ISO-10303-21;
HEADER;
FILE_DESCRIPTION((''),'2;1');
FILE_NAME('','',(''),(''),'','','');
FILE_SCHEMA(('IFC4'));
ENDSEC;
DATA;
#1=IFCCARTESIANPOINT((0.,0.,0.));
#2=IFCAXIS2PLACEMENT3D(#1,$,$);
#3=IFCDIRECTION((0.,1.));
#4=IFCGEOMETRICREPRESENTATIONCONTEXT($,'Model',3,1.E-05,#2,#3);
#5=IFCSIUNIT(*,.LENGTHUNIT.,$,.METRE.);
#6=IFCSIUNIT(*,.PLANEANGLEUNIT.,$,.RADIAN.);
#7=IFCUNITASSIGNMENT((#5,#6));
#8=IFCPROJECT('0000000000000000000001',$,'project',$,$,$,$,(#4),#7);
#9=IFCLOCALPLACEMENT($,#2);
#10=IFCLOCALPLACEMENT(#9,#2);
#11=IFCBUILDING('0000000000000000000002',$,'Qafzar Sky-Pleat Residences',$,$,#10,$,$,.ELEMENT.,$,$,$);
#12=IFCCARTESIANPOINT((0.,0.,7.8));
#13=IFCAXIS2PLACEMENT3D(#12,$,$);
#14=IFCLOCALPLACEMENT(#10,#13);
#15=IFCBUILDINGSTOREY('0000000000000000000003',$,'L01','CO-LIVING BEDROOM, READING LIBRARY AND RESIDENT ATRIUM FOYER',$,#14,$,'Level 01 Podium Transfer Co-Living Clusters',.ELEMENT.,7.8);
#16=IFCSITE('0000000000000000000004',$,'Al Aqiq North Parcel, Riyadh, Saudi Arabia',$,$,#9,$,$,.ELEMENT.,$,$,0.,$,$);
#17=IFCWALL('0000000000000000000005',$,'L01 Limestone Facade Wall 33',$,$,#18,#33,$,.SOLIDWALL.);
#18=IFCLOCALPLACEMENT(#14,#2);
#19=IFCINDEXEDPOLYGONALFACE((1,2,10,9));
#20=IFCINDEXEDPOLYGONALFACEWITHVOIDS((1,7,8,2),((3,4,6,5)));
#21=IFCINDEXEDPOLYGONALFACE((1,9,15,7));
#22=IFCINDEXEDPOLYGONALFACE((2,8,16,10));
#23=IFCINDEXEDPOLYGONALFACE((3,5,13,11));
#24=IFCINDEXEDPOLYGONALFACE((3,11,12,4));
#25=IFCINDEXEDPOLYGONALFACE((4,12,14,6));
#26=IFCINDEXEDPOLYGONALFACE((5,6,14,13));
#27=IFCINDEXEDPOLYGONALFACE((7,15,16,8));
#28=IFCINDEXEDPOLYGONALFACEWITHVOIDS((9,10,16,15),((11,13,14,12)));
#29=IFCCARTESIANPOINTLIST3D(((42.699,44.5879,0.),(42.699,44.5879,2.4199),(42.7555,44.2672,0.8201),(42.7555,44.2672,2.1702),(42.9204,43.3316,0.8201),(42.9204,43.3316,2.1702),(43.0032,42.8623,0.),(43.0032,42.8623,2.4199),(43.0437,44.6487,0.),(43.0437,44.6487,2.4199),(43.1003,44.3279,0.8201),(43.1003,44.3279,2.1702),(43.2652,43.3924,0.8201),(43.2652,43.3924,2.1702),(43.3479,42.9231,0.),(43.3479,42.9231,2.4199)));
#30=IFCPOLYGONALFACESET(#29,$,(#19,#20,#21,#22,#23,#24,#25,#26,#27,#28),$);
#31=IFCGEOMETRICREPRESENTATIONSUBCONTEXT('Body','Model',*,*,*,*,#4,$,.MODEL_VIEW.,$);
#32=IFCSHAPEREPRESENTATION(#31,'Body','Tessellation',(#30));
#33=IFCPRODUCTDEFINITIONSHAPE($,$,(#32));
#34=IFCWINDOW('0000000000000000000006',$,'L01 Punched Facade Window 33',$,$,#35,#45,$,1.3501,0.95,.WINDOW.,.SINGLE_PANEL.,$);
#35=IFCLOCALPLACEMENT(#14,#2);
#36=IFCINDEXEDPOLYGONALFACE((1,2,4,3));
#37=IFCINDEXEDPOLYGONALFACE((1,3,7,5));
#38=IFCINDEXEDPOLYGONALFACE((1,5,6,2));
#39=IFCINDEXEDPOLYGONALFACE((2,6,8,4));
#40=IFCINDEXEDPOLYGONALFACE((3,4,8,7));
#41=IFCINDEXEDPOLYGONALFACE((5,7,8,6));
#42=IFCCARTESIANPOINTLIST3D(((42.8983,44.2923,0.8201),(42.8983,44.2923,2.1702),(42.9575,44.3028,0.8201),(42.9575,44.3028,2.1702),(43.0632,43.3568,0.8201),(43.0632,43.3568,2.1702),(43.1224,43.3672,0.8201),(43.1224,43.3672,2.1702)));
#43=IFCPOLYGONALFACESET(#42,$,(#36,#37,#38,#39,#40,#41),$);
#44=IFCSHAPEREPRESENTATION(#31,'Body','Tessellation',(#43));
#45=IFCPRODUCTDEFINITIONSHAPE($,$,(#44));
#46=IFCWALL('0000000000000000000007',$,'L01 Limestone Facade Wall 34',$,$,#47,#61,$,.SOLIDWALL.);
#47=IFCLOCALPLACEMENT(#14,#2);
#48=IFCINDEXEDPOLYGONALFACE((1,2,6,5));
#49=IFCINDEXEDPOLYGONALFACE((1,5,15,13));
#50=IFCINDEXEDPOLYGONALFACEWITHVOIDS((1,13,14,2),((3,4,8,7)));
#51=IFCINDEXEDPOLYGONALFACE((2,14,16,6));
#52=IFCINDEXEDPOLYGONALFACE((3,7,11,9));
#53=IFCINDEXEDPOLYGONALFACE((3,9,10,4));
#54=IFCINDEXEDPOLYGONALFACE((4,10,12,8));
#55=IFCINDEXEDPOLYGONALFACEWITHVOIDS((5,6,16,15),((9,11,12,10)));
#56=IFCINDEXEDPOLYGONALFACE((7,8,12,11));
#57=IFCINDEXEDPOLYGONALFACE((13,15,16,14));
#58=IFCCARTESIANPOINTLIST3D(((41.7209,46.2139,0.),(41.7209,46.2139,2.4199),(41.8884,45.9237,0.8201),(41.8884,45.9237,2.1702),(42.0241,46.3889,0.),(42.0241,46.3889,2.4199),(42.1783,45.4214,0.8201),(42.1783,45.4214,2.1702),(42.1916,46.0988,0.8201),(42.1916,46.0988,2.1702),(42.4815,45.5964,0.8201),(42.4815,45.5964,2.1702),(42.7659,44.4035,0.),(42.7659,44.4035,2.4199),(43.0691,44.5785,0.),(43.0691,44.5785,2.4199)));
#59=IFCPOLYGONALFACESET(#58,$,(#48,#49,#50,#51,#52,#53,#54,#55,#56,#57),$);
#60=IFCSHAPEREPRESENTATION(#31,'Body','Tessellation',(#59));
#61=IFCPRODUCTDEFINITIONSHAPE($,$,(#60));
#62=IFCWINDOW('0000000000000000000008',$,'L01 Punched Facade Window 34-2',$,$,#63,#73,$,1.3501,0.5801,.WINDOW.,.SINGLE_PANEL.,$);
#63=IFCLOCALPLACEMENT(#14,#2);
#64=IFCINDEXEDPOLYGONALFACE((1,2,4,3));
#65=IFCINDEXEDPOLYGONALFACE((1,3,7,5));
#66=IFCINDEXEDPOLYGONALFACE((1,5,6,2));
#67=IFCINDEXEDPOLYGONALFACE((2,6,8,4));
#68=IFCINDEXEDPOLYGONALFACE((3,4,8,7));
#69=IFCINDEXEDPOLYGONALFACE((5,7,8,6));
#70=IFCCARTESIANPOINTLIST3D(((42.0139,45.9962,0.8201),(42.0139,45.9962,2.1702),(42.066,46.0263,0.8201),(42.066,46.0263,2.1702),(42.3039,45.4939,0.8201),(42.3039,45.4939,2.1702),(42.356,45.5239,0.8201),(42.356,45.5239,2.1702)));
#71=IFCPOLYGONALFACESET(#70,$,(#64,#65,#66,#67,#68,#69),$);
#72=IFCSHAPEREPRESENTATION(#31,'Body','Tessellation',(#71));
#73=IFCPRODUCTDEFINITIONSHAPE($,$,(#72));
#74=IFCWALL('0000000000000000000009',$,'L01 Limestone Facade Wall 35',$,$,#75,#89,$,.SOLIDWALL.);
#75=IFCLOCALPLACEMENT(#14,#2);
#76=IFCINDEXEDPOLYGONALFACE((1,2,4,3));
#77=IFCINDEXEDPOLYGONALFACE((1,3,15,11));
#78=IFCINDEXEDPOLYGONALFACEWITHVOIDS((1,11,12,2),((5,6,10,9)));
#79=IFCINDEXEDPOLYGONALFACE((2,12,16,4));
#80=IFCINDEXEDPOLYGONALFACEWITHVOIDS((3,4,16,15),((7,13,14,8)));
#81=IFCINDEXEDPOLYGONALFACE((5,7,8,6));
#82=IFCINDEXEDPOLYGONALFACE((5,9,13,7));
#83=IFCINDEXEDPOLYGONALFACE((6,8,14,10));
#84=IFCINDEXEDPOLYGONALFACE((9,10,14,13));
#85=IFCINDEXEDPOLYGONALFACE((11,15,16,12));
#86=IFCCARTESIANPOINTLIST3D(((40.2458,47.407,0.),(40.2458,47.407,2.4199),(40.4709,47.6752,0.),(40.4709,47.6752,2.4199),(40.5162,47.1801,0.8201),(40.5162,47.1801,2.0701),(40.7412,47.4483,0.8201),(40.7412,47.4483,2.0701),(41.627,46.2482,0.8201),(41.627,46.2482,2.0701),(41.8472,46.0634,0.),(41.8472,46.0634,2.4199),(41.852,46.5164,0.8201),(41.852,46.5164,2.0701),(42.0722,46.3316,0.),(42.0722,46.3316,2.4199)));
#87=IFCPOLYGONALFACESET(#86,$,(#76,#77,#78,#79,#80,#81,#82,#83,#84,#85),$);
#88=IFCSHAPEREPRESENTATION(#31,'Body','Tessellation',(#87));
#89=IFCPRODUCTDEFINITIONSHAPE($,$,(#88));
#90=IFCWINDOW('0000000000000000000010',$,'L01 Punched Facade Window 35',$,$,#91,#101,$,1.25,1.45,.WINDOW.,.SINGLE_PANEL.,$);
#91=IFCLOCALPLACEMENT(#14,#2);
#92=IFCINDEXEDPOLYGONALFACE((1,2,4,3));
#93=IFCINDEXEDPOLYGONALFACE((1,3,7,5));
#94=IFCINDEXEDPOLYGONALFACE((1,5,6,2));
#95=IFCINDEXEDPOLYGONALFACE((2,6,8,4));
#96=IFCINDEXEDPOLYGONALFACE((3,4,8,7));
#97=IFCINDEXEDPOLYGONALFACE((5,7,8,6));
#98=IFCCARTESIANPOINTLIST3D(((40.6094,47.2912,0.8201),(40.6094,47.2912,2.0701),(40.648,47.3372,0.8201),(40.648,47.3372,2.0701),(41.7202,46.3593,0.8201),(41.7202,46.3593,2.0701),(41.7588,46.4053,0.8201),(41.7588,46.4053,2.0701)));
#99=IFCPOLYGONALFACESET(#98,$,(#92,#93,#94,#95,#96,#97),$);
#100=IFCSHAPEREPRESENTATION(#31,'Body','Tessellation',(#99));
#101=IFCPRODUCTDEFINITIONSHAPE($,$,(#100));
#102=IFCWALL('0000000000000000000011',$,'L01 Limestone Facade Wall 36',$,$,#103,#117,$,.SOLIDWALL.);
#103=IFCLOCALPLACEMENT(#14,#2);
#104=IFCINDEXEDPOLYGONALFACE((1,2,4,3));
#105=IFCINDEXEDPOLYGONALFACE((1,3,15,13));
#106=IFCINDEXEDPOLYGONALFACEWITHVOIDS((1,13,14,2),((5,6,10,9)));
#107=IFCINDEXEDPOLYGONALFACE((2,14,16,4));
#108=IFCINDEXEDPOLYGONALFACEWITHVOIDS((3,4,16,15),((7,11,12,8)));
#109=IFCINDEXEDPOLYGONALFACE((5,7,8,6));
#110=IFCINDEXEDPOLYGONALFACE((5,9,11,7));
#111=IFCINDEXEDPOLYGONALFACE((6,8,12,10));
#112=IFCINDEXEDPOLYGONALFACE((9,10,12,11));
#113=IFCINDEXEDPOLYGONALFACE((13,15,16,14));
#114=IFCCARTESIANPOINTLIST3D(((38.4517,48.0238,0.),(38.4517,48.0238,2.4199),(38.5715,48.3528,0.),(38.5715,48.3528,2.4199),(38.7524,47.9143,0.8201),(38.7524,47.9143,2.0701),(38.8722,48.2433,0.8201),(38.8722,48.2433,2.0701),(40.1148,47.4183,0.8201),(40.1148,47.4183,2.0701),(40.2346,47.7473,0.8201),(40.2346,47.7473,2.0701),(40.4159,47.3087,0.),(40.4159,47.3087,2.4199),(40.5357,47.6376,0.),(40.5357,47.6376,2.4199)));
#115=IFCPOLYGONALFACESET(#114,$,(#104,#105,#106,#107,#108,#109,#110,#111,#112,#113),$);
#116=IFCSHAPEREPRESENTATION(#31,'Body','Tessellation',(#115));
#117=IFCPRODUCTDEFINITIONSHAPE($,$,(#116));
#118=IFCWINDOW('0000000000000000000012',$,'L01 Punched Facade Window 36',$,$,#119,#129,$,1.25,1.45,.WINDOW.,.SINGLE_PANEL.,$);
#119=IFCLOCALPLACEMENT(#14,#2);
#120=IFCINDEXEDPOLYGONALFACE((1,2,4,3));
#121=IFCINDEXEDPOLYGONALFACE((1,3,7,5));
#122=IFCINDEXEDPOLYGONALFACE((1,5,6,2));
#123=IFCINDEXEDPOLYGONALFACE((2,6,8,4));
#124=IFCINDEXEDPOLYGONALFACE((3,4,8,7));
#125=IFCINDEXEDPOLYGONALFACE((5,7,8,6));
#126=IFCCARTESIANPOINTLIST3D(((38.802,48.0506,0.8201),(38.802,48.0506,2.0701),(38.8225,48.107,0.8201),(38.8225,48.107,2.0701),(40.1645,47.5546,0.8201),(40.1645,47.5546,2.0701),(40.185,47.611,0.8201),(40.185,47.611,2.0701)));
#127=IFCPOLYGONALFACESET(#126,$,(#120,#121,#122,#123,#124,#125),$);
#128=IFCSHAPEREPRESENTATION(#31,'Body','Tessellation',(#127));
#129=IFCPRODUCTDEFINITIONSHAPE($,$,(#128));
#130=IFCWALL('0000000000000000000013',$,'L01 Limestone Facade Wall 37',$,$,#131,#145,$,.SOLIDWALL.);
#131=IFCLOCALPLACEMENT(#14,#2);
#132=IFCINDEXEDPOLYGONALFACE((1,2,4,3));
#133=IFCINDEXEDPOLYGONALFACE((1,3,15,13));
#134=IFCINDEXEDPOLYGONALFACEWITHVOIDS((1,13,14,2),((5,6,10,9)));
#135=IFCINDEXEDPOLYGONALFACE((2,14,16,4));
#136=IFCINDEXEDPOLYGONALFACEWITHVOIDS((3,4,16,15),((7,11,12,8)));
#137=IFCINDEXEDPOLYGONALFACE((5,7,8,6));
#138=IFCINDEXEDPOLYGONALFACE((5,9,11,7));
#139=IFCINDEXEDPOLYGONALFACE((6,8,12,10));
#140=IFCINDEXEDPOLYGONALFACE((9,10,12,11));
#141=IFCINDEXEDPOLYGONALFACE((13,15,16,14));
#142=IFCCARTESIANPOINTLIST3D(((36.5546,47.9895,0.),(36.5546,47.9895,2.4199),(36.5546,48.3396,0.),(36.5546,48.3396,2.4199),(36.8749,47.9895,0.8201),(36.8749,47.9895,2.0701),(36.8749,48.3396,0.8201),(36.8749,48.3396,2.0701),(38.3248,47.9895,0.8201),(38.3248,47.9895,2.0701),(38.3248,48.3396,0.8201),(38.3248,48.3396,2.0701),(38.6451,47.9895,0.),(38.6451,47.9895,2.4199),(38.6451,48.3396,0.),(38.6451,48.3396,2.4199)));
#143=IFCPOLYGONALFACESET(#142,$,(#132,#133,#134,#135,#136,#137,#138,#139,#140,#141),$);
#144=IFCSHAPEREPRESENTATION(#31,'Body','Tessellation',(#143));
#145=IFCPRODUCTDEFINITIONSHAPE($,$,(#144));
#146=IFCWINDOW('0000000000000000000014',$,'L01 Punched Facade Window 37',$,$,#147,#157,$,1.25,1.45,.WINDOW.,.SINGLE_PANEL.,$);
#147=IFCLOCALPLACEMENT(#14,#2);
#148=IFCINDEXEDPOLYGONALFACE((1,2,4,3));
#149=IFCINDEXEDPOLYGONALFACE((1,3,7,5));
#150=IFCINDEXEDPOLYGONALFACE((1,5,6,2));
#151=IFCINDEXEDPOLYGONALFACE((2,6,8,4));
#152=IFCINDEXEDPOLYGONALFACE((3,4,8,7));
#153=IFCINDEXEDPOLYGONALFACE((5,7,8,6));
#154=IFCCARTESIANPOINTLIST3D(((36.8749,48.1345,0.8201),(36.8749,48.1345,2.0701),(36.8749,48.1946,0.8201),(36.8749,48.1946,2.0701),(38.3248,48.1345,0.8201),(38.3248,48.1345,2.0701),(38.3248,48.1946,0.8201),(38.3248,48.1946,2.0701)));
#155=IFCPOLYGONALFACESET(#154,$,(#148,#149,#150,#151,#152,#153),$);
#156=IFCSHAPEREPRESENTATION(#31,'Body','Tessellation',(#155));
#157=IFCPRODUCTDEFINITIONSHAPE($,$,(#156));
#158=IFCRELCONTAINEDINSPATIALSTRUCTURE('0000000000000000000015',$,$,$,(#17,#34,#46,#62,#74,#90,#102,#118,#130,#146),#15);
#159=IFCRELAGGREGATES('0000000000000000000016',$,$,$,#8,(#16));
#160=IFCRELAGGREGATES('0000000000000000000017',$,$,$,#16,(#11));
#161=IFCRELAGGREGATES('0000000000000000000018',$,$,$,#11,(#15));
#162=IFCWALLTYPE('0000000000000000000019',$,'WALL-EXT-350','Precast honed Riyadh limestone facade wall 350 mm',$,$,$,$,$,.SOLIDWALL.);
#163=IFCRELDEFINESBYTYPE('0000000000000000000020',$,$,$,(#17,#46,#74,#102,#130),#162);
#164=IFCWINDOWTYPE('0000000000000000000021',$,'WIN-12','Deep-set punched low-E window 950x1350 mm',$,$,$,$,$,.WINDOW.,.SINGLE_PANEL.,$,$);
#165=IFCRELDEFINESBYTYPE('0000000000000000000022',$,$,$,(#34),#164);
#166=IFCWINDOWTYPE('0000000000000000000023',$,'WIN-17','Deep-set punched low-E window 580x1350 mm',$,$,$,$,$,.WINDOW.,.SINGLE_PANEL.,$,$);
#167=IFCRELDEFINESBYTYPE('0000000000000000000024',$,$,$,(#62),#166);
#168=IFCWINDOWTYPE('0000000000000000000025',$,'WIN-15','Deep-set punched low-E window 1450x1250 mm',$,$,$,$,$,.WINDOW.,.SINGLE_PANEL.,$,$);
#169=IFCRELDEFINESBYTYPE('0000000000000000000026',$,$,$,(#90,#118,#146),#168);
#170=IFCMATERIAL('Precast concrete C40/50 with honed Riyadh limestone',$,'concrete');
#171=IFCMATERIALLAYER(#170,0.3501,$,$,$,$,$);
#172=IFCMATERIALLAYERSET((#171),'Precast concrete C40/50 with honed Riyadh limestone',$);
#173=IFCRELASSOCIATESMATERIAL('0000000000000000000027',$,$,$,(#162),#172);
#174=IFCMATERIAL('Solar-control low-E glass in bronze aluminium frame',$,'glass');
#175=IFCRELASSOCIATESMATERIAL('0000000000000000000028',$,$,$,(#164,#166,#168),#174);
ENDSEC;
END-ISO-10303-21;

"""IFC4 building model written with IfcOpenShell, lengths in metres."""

from ifc_helpers import new_model, si_unit, direction, frame, frame_2d, origin, place, context, subcontext, project, spatial, rectangle, extrude, source, transform, mapped, material, layer, layer_set, type_object, element, fill, save


model = new_model("IFC4")

# Units and contexts
model_context = context("Model", 3, precision=1e-05, world=origin(), true_north=direction((0.0, 1.0)))
body_context = subcontext(model_context, "Body", "Model", "MODEL_VIEW")
ifc_project = project(units=[si_unit("LENGTHUNIT", "METRE"), si_unit("PLANEANGLEUNIT", "RADIAN")], contexts=[model_context])

# Site, building, storey
site_placement = place(None, origin())
site = spatial("IfcSite", under=ifc_project, at=site_placement, Name="Al Aqiq North Parcel, Riyadh, Saudi Arabia", CompositionType="ELEMENT", RefElevation=0.0)
building_placement = place(site_placement, origin())
building = spatial("IfcBuilding", under=site, at=building_placement, Name="Qafzar Sky-Pleat Residences", CompositionType="ELEMENT")
storey_placement = place(building_placement, frame((0.0, 0.0, 7.8)))
storey = spatial("IfcBuildingStorey", under=building, at=storey_placement, Name="L01", Description="CO-LIVING BEDROOM, READING LIBRARY AND RESIDENT ATRIUM FOYER", LongName="Level 01 Podium Transfer Co-Living Clusters", CompositionType="ELEMENT", Elevation=7.8)

# Walls, openings, windows
ifc_material_1 = material(Name="Precast concrete C40/50 with honed Riyadh limestone", Category="concrete")
ifc_layer_1 = layer(ifc_material_1, 0.3501)
ifc_layer_set_1 = layer_set([ifc_layer_1], Name="Precast concrete C40/50 with honed Riyadh limestone")
wall_type_1 = type_object("IfcWallType", Name="WALL-EXT-350", Description="Precast honed Riyadh limestone facade wall 350 mm", PredefinedType="SOLIDWALL", material=ifc_layer_set_1)
ifc_material_2 = material(Name="Solar-control low-E glass in bronze aluminium frame", Category="glass")
wall_1_placement = place(storey_placement, frame((43.1755, 42.8928, 0.0), z_axis=(0.0, 0.0, 1.0), x_axis=(-0.17361, 0.984814, 0.0)))
wall_1 = element("IfcWall", 1, at=wall_1_placement, inside=storey, type_object=wall_type_1, Name="L01 Limestone Facade Wall 33", PredefinedType="SOLIDWALL", context=body_context, shape_type="SweptSolid", body=[
    extrude(rectangle(XDim=1.7522, YDim=0.3501, at=frame_2d((0.876, 0.0))), origin(), (0.0, 0.0, 1.0), 2.4199),
])
opening_1_placement = place(wall_1_placement, frame((0.4763, 0.0, 0.8201)))
opening_1 = element("IfcOpeningElement", 2, at=opening_1_placement, cuts=wall_1, PredefinedType="OPENING", context=body_context, shape_type="SweptSolid", body=[
    extrude(rectangle(XDim=0.95, YDim=1.3501, at=frame_2d((0.4751, 0.675))), frame((0.0, 0.1851, 0.0), z_axis=(0.0, -1.0, 0.0), x_axis=(1.0, 0.0, 0.0)), (0.0, 0.0, 1.0), 0.3701),
])
window_type_1 = type_object("IfcWindowType", Name="WIN-12", Description="Deep-set punched low-E window 950x1350 mm", PartitioningType="SINGLE_PANEL", PredefinedType="WINDOW", material=ifc_material_2)
shared_shape_1 = source(origin(), body_context, "Body", "SweptSolid", [
    extrude(rectangle(XDim=0.95, YDim=1.3501, at=frame_2d((0.4751, 0.675))), frame((0.0, 0.03, 0.0), z_axis=(0.0, -1.0, 0.0), x_axis=(1.0, 0.0, 0.0)), (0.0, 0.0, 1.0), 0.0601),
])
window_1_placement = place(opening_1_placement, origin())
window_1 = element("IfcWindow", 3, at=window_1_placement, inside=storey, type_object=window_type_1, Name="L01 Punched Facade Window 33", OverallHeight=1.3501, OverallWidth=0.95, PartitioningType="SINGLE_PANEL", PredefinedType="WINDOW", context=body_context, shape_type="MappedRepresentation", body=[
    mapped(shared_shape_1, transform((0.0, 0.0, 0.0), x_axis=(1.0, 0.0, 0.0), y_axis=(0.0, 1.0, 0.0), z_axis=(0.0, 0.0, 1.0), scale=1.0)),
])
fill(opening_1, window_1)
wall_2_placement = place(storey_placement, frame((42.9175, 44.491, 0.0), z_axis=(0.0, 0.0, 1.0), x_axis=(-0.499908, 0.866079, 0.0)))
wall_2 = element("IfcWall", 4, at=wall_2_placement, inside=storey, type_object=wall_type_1, Name="L01 Limestone Facade Wall 34", PredefinedType="SOLIDWALL", context=body_context, shape_type="SweptSolid", body=[
    extrude(rectangle(XDim=2.0903, YDim=0.3501, at=frame_2d((1.0452, 0.0))), origin(), (0.0, 0.0, 1.0), 2.4199),
])
opening_2_placement = place(wall_2_placement, frame((1.1753, 0.0, 0.8201)))
opening_2 = element("IfcOpeningElement", 5, at=opening_2_placement, cuts=wall_2, PredefinedType="OPENING", context=body_context, shape_type="SweptSolid", body=[
    extrude(rectangle(XDim=0.5801, YDim=1.3501, at=frame_2d((0.29, 0.675))), frame((0.0, 0.1851, 0.0), z_axis=(0.0, -1.0, 0.0), x_axis=(1.0, 0.0, 0.0)), (0.0, 0.0, 1.0), 0.3701),
])
window_type_2 = type_object("IfcWindowType", Name="WIN-17", Description="Deep-set punched low-E window 580x1350 mm", PartitioningType="SINGLE_PANEL", PredefinedType="WINDOW", material=ifc_material_2)
shared_shape_2 = source(origin(), body_context, "Body", "SweptSolid", [
    extrude(rectangle(XDim=0.5801, YDim=1.3501, at=frame_2d((0.29, 0.675))), frame((0.0, 0.03, 0.0), z_axis=(0.0, -1.0, 0.0), x_axis=(1.0, 0.0, 0.0)), (0.0, 0.0, 1.0), 0.0601),
])
window_2_placement = place(opening_2_placement, origin())
window_2 = element("IfcWindow", 6, at=window_2_placement, inside=storey, type_object=window_type_2, Name="L01 Punched Facade Window 34-2", OverallHeight=1.3501, OverallWidth=0.5801, PartitioningType="SINGLE_PANEL", PredefinedType="WINDOW", context=body_context, shape_type="MappedRepresentation", body=[
    mapped(shared_shape_2, transform((0.0, 0.0, 0.0), x_axis=(1.0, 0.0, 0.0), y_axis=(0.0, 1.0, 0.0), z_axis=(0.0, 0.0, 1.0), scale=1.0)),
])
fill(opening_2, window_2)
wall_3_placement = place(storey_placement, frame((41.9597, 46.1975, 0.0), z_axis=(0.0, 0.0, 1.0), x_axis=(-0.766082, 0.642743, 0.0)))
wall_3 = element("IfcWall", 7, at=wall_3_placement, inside=storey, type_object=wall_type_1, Name="L01 Limestone Facade Wall 35", PredefinedType="SOLIDWALL", context=body_context, shape_type="SweptSolid", body=[
    extrude(rectangle(XDim=2.0903, YDim=0.3501, at=frame_2d((1.0452, 0.0))), origin(), (0.0, 0.0, 1.0), 2.4199),
])
opening_3_placement = place(wall_3_placement, frame((0.2874, 0.0, 0.8201)))
opening_3 = element("IfcOpeningElement", 8, at=opening_3_placement, cuts=wall_3, PredefinedType="OPENING", context=body_context, shape_type="SweptSolid", body=[
    extrude(rectangle(XDim=1.45, YDim=1.25, at=frame_2d((0.7251, 0.625))), frame((0.0, 0.1851, 0.0), z_axis=(0.0, -1.0, 0.0), x_axis=(1.0, 0.0, 0.0)), (0.0, 0.0, 1.0), 0.3701),
])
window_type_3 = type_object("IfcWindowType", Name="WIN-15", Description="Deep-set punched low-E window 1450x1250 mm", PartitioningType="SINGLE_PANEL", PredefinedType="WINDOW", material=ifc_material_2)
shared_shape_3 = source(origin(), body_context, "Body", "SweptSolid", [
    extrude(rectangle(XDim=1.45, YDim=1.25, at=frame_2d((0.7251, 0.625))), frame((0.0, 0.03, 0.0), z_axis=(0.0, -1.0, 0.0), x_axis=(1.0, 0.0, 0.0)), (0.0, 0.0, 1.0), 0.0601),
])
window_3_placement = place(opening_3_placement, origin())
window_3 = element("IfcWindow", 9, at=window_3_placement, inside=storey, type_object=window_type_3, Name="L01 Punched Facade Window 35", OverallHeight=1.25, OverallWidth=1.45, PartitioningType="SINGLE_PANEL", PredefinedType="WINDOW", context=body_context, shape_type="MappedRepresentation", body=[
    mapped(shared_shape_3, transform((0.0, 0.0, 0.0), x_axis=(1.0, 0.0, 0.0), y_axis=(0.0, 1.0, 0.0), z_axis=(0.0, 0.0, 1.0), scale=1.0)),
])
fill(opening_3, window_3)
wall_4_placement = place(storey_placement, frame((40.4758, 47.4731, 0.0), z_axis=(0.0, 0.0, 1.0), x_axis=(-0.93966, 0.342109, 0.0)))
wall_4 = element("IfcWall", 10, at=wall_4_placement, inside=storey, type_object=wall_type_1, Name="L01 Limestone Facade Wall 36", PredefinedType="SOLIDWALL", context=body_context, shape_type="SweptSolid", body=[
    extrude(rectangle(XDim=2.0903, YDim=0.3501, at=frame_2d((1.0452, 0.0))), origin(), (0.0, 0.0, 1.0), 2.4199),
])
opening_4_placement = place(wall_4_placement, frame((0.3203, 0.0, 0.8201)))
opening_4 = element("IfcOpeningElement", 11, at=opening_4_placement, cuts=wall_4, PredefinedType="OPENING", context=body_context, shape_type="SweptSolid", body=[
    extrude(rectangle(XDim=1.45, YDim=1.25, at=frame_2d((0.7251, 0.625))), frame((0.0, 0.1851, 0.0), z_axis=(0.0, -1.0, 0.0), x_axis=(1.0, 0.0, 0.0)), (0.0, 0.0, 1.0), 0.3701),
])
window_4_placement = place(opening_4_placement, origin())
window_4 = element("IfcWindow", 12, at=window_4_placement, inside=storey, type_object=window_type_3, Name="L01 Punched Facade Window 36", OverallHeight=1.25, OverallWidth=1.45, PartitioningType="SINGLE_PANEL", PredefinedType="WINDOW", context=body_context, shape_type="MappedRepresentation", body=[
    mapped(shared_shape_3, transform((0.0, 0.0, 0.0), x_axis=(1.0, 0.0, 0.0), y_axis=(0.0, 1.0, 0.0), z_axis=(0.0, 0.0, 1.0), scale=1.0)),
])
fill(opening_4, window_4)
wall_5_placement = place(storey_placement, frame((38.6453, 48.1646, 0.0), z_axis=(0.0, 0.0, 1.0), x_axis=(-1.0, 0.0, 0.0)))
wall_5 = element("IfcWall", 13, at=wall_5_placement, inside=storey, type_object=wall_type_1, Name="L01 Limestone Facade Wall 37", PredefinedType="SOLIDWALL", context=body_context, shape_type="SweptSolid", body=[
    extrude(rectangle(XDim=2.0906, YDim=0.3501, at=frame_2d((1.0454, 0.0))), origin(), (0.0, 0.0, 1.0), 2.4199),
])
opening_5_placement = place(wall_5_placement, frame((0.3203, 0.0, 0.8201)))
opening_5 = element("IfcOpeningElement", 14, at=opening_5_placement, cuts=wall_5, PredefinedType="OPENING", context=body_context, shape_type="SweptSolid", body=[
    extrude(rectangle(XDim=1.45, YDim=1.25, at=frame_2d((0.7251, 0.625))), frame((0.0, 0.1851, 0.0), z_axis=(0.0, -1.0, 0.0), x_axis=(1.0, 0.0, 0.0)), (0.0, 0.0, 1.0), 0.3701),
])
window_5_placement = place(opening_5_placement, origin())
window_5 = element("IfcWindow", 15, at=window_5_placement, inside=storey, type_object=window_type_3, Name="L01 Punched Facade Window 37", OverallHeight=1.25, OverallWidth=1.45, PartitioningType="SINGLE_PANEL", PredefinedType="WINDOW", context=body_context, shape_type="MappedRepresentation", body=[
    mapped(shared_shape_3, transform((0.0, 0.0, 0.0), x_axis=(1.0, 0.0, 0.0), y_axis=(0.0, 1.0, 0.0), z_axis=(0.0, 0.0, 1.0), scale=1.0)),
])
fill(opening_5, window_5)

save(model, "model.ifc")
